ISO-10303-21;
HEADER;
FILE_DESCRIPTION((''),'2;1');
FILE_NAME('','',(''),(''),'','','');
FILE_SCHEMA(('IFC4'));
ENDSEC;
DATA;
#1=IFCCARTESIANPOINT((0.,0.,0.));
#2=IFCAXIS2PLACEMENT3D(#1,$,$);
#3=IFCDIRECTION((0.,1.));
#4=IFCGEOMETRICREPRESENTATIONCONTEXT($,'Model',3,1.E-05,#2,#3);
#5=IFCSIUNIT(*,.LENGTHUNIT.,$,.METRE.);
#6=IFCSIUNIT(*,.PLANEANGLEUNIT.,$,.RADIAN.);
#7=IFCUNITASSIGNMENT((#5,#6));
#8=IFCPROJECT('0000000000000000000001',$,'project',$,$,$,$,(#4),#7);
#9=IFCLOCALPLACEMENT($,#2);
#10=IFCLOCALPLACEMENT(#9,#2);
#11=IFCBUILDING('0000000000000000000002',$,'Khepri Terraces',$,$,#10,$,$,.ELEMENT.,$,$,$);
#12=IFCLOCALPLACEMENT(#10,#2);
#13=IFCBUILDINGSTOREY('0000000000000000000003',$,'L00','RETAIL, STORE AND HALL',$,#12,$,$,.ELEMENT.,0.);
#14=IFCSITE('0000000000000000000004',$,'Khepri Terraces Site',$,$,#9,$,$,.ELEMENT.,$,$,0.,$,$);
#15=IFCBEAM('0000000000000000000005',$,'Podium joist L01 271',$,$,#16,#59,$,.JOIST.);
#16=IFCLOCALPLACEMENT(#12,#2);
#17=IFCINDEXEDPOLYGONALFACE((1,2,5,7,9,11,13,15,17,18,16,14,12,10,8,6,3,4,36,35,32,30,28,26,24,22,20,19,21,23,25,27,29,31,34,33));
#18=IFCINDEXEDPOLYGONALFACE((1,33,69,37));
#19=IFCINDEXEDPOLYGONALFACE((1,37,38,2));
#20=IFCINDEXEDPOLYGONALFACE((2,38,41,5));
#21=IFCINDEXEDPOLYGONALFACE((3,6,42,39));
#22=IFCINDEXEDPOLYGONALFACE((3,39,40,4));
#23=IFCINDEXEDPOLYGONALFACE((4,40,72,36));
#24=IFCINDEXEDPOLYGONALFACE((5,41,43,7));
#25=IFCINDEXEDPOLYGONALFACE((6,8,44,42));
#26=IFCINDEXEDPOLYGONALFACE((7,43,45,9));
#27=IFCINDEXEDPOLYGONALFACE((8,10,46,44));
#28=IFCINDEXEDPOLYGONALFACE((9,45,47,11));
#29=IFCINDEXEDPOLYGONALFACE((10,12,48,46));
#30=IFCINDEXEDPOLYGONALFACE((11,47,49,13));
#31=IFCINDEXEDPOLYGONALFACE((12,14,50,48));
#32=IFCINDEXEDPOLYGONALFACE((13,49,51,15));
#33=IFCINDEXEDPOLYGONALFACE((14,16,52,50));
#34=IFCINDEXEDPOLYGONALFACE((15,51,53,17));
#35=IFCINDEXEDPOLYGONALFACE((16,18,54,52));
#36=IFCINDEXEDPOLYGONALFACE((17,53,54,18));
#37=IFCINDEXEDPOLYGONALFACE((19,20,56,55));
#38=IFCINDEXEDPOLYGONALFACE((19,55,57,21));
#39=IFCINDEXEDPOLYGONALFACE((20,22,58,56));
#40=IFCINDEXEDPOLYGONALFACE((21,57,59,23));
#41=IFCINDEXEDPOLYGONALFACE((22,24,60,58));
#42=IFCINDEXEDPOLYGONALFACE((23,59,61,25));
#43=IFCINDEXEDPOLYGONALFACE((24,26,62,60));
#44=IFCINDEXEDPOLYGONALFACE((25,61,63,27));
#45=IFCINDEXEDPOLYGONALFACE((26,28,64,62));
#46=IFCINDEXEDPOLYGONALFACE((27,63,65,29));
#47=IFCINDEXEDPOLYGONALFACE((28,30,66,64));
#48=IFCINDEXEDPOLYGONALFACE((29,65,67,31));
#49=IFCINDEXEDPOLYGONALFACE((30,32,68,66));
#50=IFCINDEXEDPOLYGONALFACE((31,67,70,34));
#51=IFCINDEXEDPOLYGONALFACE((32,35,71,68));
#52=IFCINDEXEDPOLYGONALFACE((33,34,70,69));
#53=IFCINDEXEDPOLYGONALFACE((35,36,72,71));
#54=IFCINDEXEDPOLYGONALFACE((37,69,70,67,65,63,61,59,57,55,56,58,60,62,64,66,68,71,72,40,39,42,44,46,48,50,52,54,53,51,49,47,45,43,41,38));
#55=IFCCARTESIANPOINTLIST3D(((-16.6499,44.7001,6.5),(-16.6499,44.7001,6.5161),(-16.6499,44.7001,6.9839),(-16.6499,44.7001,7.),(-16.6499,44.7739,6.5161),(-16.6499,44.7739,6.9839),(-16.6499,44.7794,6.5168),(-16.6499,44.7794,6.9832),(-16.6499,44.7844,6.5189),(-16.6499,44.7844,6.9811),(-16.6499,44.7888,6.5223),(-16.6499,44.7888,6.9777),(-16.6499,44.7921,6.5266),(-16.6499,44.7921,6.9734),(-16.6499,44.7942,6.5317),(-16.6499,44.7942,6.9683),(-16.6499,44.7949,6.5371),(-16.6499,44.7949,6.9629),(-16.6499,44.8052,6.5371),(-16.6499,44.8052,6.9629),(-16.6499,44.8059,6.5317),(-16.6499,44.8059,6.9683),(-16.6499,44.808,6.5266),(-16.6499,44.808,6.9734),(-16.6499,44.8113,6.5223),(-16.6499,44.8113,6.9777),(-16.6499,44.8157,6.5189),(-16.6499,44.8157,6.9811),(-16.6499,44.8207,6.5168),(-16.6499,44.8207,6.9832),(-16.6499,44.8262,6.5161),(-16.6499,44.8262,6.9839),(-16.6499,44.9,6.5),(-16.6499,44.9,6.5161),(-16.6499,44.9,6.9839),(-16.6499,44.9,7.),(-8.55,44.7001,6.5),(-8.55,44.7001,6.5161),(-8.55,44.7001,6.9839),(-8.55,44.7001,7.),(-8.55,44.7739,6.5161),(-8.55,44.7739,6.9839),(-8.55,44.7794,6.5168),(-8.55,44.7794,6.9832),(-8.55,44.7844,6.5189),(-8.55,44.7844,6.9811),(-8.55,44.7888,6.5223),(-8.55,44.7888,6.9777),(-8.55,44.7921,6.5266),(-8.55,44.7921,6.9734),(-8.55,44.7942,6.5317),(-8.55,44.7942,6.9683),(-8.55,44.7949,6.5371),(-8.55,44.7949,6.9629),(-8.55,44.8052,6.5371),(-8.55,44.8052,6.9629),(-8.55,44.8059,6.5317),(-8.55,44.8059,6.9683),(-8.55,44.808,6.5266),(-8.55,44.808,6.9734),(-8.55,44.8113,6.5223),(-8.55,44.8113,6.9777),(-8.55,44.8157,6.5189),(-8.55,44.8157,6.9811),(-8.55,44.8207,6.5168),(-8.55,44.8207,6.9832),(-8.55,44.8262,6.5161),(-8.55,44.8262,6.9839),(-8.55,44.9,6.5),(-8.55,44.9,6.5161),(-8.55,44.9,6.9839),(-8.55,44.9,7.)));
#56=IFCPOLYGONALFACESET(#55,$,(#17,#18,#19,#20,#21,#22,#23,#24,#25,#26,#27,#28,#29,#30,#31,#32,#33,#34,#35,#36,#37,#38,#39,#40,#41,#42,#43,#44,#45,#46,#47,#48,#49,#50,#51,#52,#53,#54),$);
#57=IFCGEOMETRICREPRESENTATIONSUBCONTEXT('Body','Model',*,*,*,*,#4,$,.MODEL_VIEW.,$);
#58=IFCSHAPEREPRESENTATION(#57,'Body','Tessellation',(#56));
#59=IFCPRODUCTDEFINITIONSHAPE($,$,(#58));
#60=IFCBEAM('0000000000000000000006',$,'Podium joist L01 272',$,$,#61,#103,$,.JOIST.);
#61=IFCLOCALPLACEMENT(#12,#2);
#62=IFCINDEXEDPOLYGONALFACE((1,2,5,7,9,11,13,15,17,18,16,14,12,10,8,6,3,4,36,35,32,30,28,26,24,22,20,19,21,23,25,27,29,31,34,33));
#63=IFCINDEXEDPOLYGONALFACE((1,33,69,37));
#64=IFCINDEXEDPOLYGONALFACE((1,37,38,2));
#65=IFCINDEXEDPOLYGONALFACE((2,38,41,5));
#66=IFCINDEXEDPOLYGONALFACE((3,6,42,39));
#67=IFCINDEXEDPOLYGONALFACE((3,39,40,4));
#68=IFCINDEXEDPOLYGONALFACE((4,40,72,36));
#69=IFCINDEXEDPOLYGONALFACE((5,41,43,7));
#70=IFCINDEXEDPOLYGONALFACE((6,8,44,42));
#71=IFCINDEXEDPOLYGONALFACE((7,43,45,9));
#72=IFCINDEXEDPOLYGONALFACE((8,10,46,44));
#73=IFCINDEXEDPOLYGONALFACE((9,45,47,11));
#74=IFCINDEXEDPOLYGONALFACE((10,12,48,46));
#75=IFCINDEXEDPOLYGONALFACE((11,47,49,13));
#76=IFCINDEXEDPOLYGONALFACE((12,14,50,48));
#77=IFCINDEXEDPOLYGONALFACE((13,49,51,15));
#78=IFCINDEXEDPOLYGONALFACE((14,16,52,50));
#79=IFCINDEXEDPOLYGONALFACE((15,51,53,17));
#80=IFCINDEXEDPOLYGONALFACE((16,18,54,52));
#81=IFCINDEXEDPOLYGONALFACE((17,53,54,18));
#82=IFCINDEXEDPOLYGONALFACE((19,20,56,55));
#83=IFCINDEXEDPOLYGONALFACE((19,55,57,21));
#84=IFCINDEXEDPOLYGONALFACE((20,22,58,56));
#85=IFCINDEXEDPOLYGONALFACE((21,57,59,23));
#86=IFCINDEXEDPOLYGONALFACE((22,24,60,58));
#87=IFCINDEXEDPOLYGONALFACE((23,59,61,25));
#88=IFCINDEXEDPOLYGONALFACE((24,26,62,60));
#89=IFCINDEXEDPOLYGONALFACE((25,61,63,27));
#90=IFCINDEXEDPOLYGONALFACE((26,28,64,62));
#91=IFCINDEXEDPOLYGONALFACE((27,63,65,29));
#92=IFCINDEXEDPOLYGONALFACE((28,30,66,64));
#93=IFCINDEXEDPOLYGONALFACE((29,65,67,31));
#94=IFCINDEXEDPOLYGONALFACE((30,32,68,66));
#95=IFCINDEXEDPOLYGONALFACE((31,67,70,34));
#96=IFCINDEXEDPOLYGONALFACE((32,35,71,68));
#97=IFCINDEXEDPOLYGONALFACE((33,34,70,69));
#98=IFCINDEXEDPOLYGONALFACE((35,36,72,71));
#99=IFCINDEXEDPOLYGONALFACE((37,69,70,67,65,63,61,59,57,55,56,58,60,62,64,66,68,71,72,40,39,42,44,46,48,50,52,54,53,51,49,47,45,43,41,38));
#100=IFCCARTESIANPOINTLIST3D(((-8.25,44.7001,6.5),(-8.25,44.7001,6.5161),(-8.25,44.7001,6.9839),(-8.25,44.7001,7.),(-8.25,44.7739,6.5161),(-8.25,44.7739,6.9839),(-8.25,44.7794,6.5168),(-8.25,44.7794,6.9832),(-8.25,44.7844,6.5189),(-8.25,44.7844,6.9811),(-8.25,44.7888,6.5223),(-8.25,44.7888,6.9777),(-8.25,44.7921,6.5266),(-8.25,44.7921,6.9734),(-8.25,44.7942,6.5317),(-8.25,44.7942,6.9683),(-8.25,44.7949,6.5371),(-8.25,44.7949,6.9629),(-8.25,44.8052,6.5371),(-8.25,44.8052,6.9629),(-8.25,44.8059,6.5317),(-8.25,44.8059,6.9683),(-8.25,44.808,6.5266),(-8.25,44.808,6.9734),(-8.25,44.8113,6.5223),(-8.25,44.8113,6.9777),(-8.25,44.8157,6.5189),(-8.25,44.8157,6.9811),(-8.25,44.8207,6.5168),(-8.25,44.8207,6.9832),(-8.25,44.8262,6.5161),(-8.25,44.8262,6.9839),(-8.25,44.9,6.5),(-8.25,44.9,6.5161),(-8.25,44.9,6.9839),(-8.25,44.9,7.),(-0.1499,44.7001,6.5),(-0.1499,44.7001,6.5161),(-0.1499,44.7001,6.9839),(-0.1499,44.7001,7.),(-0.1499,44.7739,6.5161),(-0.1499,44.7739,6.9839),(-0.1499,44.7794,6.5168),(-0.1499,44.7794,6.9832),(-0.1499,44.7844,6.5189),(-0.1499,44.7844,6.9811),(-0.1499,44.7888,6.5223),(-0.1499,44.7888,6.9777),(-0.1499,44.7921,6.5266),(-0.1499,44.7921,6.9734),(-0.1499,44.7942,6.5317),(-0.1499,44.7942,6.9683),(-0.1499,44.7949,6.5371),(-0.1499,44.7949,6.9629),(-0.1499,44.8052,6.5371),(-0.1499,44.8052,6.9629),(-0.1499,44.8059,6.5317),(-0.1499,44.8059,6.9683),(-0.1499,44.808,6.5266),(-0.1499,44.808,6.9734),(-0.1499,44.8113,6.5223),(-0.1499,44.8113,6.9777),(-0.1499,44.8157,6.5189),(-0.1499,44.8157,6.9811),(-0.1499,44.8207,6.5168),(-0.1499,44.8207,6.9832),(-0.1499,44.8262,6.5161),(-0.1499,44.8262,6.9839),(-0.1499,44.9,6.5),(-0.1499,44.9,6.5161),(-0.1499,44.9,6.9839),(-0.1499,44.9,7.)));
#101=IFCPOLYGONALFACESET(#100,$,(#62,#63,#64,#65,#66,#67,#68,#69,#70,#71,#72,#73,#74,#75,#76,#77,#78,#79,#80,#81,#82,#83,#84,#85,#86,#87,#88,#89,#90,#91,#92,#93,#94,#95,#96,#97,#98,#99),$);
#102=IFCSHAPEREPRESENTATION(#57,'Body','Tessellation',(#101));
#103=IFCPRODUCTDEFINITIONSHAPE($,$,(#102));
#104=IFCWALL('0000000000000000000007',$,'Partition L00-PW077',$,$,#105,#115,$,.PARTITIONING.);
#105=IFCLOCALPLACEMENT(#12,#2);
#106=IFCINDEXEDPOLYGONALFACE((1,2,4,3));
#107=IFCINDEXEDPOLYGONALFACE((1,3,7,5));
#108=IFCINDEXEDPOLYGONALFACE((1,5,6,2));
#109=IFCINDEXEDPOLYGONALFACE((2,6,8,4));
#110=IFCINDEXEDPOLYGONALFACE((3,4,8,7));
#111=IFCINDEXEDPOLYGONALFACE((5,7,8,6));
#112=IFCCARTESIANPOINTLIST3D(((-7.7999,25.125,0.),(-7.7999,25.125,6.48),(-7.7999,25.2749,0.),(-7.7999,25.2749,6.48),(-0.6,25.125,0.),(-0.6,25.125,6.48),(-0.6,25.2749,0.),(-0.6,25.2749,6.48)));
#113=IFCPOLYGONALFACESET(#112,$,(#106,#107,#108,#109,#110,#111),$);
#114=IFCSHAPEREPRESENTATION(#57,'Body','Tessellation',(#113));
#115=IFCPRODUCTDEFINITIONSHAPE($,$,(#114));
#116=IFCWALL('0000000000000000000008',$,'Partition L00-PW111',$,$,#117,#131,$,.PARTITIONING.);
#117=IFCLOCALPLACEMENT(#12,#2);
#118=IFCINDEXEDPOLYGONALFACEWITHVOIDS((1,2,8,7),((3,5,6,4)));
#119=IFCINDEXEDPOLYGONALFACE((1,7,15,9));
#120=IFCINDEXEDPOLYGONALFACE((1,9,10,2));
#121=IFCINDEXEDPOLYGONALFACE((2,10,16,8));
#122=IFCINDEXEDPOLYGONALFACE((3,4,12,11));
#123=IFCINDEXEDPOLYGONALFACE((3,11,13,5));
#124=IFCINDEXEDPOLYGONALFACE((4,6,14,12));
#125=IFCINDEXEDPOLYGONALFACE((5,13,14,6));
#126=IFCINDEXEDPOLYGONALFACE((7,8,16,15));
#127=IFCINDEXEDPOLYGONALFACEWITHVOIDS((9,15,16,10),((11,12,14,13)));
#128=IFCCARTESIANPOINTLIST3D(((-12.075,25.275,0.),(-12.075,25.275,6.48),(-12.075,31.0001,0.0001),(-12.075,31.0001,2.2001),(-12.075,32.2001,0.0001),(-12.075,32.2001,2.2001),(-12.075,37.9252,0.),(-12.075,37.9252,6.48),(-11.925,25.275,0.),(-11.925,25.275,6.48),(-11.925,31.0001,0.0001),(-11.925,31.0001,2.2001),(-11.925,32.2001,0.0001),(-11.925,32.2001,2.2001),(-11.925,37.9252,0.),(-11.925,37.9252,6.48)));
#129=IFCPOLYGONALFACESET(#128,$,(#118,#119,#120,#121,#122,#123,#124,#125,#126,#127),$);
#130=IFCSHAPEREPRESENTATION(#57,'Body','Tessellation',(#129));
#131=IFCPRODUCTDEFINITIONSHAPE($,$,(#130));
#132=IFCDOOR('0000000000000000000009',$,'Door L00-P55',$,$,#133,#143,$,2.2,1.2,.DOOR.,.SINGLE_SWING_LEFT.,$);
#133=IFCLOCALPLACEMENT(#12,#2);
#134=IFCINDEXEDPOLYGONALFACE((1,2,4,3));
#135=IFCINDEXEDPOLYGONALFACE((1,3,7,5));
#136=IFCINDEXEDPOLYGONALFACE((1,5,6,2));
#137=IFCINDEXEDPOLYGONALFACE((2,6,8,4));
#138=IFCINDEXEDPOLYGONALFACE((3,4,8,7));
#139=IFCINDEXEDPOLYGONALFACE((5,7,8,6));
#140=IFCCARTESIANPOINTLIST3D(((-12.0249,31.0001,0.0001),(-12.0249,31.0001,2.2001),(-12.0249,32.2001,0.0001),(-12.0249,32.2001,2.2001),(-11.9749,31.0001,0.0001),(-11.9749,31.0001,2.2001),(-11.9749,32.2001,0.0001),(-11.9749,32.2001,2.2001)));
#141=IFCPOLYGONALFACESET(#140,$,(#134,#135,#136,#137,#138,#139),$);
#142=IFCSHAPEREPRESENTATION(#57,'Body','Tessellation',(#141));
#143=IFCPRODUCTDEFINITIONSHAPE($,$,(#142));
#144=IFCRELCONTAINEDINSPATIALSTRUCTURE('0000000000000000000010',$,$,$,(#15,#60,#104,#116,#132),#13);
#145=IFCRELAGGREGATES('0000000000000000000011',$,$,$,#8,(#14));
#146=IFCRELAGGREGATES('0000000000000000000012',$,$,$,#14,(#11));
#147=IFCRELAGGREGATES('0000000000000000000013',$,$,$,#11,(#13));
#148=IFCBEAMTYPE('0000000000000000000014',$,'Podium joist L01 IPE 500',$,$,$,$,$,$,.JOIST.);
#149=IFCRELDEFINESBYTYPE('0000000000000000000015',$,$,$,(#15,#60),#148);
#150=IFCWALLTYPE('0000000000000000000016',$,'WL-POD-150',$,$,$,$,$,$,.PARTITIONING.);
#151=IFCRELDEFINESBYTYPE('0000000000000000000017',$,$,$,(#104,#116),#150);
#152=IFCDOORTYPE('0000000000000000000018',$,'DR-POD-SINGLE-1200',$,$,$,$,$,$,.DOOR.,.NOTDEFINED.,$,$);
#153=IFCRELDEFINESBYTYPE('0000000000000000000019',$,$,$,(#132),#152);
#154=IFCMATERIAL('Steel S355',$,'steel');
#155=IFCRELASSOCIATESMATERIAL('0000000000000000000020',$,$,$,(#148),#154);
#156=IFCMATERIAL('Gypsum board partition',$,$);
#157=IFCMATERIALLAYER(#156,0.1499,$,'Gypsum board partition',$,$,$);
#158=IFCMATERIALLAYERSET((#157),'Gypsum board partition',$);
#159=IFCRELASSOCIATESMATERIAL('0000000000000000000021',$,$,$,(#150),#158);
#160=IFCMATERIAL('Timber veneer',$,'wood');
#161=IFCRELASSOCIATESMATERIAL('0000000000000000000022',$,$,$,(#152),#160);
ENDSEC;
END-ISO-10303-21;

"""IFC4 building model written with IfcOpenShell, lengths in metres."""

from ifc_helpers import new_model, si_unit, direction, frame, frame_2d, origin, origin_2d, place, context, subcontext, project, spatial, rectangle, i_section, extrude, material, layer, layer_set, material_profile, profile_set, type_object, element, fill, save


model = new_model("IFC4")

# Units and contexts
model_context = context("Model", 3, precision=1e-05, world=origin(), true_north=direction((0.0, 1.0)))
body_context = subcontext(model_context, "Body", "Model", "MODEL_VIEW")
ifc_project = project(units=[si_unit("LENGTHUNIT", "METRE"), si_unit("PLANEANGLEUNIT", "RADIAN")], contexts=[model_context])

# Site, building, storey
site_placement = place(None, origin())
site = spatial("IfcSite", under=ifc_project, at=site_placement, Name="Khepri Terraces Site", CompositionType="ELEMENT", RefElevation=0.0)
building_placement = place(site_placement, origin())
building = spatial("IfcBuilding", under=site, at=building_placement, Name="Khepri Terraces", CompositionType="ELEMENT")
storey_placement = place(building_placement, origin())
storey = spatial("IfcBuildingStorey", under=building, at=storey_placement, Name="L00", Description="RETAIL, STORE AND HALL", CompositionType="ELEMENT", Elevation=0.0)

# Beams
ifc_material_1 = material(Name="Steel S355", Category="steel")
ifc_material_profile_1 = material_profile(ifc_material_1, i_section(OverallWidth=0.2, OverallDepth=0.5, WebThickness=0.0103, FlangeThickness=0.0161, FilletRadius=0.021, at=origin_2d()), Name="Steel S355", Category="steel")
ifc_profile_set_1 = profile_set([ifc_material_profile_1], Name="Steel S355")
beam_type_1 = type_object("IfcBeamType", Name="Podium joist L01 IPE 500", PredefinedType="JOIST", material=ifc_profile_set_1)
beam_1_placement = place(storey_placement, frame((-16.6499, 44.8, 6.75), z_axis=(1.0, 0.0, 0.0), x_axis=(0.0, 1.0, 0.0)))
element("IfcBeam", 1, at=beam_1_placement, inside=storey, type_object=beam_type_1, Name="Podium joist L01 271", PredefinedType="JOIST", context=body_context, shape_type="SweptSolid", body=[
    extrude(i_section(OverallWidth=0.2, OverallDepth=0.5, WebThickness=0.0103, FlangeThickness=0.0161, FilletRadius=0.021, at=origin_2d()), origin(), (0.0, 0.0, 1.0), 8.0999),
])
beam_2_placement = place(storey_placement, frame((-8.25, 44.8, 6.75), z_axis=(1.0, 0.0, 0.0), x_axis=(0.0, 1.0, 0.0)))
element("IfcBeam", 2, at=beam_2_placement, inside=storey, type_object=beam_type_1, Name="Podium joist L01 272", PredefinedType="JOIST", context=body_context, shape_type="SweptSolid", body=[
    extrude(i_section(OverallWidth=0.2, OverallDepth=0.5, WebThickness=0.0103, FlangeThickness=0.0161, FilletRadius=0.021, at=origin_2d()), origin(), (0.0, 0.0, 1.0), 8.1001),
])

# Wall
ifc_material_2 = material(Name="Gypsum board partition")
ifc_layer = layer(ifc_material_2, 0.1499, Name="Gypsum board partition")
ifc_layer_set = layer_set([ifc_layer], Name="Gypsum board partition")
wall_type = type_object("IfcWallType", Name="WL-POD-150", PredefinedType="PARTITIONING", material=ifc_layer_set)
wall_1_placement = place(storey_placement, frame((-7.8, 25.2, 0.0), z_axis=(0.0, 0.0, 1.0), x_axis=(1.0, 0.0, 0.0)))
element("IfcWall", 3, at=wall_1_placement, inside=storey, type_object=wall_type, Name="Partition L00-PW077", PredefinedType="PARTITIONING", context=body_context, shape_type="SweptSolid", body=[
    extrude(rectangle(XDim=7.2, YDim=0.1499, at=frame_2d((3.6001, 0.0))), origin(), (0.0, 0.0, 1.0), 6.48),
])

# Wall, opening, door
wall_2_placement = place(storey_placement, frame((-12.0, 25.2749, 0.0), z_axis=(0.0, 0.0, 1.0), x_axis=(0.0, 1.0, 0.0)))
wall_2 = element("IfcWall", 4, at=wall_2_placement, inside=storey, type_object=wall_type, Name="Partition L00-PW111", PredefinedType="PARTITIONING", context=body_context, shape_type="SweptSolid", body=[
    extrude(rectangle(XDim=12.6501, YDim=0.1499, at=frame_2d((6.3252, 0.0))), origin(), (0.0, 0.0, 1.0), 6.48),
])
opening_placement = place(wall_2_placement, frame((5.7251, 0.0, 0.0)))
opening = element("IfcOpeningElement", 5, at=opening_placement, cuts=wall_2, PredefinedType="OPENING", context=body_context, shape_type="SweptSolid", body=[
    extrude(rectangle(XDim=1.2, YDim=2.2, at=frame_2d((0.6001, 1.1001))), frame((0.0, 0.085, 0.0), z_axis=(0.0, -1.0, 0.0), x_axis=(1.0, 0.0, 0.0)), (0.0, 0.0, 1.0), 0.1699),
])
ifc_material_3 = material(Name="Timber veneer", Category="wood")
door_type = type_object("IfcDoorType", Name="DR-POD-SINGLE-1200", OperationType="NOTDEFINED", PredefinedType="DOOR", material=ifc_material_3)
door_placement = place(opening_placement, origin())
door = element("IfcDoor", 6, at=door_placement, inside=storey, type_object=door_type, Name="Door L00-P55", OperationType="SINGLE_SWING_LEFT", OverallHeight=2.2, OverallWidth=1.2, PredefinedType="DOOR", context=body_context, shape_type="SweptSolid", body=[
    extrude(rectangle(XDim=1.2, YDim=2.2, at=frame_2d((0.6001, 1.1001))), frame((0.0, 0.0249, 0.0), z_axis=(0.0, -1.0, 0.0), x_axis=(1.0, 0.0, 0.0)), (0.0, 0.0, 1.0), 0.05),
])
fill(opening, door)

save(model, "model.ifc")
